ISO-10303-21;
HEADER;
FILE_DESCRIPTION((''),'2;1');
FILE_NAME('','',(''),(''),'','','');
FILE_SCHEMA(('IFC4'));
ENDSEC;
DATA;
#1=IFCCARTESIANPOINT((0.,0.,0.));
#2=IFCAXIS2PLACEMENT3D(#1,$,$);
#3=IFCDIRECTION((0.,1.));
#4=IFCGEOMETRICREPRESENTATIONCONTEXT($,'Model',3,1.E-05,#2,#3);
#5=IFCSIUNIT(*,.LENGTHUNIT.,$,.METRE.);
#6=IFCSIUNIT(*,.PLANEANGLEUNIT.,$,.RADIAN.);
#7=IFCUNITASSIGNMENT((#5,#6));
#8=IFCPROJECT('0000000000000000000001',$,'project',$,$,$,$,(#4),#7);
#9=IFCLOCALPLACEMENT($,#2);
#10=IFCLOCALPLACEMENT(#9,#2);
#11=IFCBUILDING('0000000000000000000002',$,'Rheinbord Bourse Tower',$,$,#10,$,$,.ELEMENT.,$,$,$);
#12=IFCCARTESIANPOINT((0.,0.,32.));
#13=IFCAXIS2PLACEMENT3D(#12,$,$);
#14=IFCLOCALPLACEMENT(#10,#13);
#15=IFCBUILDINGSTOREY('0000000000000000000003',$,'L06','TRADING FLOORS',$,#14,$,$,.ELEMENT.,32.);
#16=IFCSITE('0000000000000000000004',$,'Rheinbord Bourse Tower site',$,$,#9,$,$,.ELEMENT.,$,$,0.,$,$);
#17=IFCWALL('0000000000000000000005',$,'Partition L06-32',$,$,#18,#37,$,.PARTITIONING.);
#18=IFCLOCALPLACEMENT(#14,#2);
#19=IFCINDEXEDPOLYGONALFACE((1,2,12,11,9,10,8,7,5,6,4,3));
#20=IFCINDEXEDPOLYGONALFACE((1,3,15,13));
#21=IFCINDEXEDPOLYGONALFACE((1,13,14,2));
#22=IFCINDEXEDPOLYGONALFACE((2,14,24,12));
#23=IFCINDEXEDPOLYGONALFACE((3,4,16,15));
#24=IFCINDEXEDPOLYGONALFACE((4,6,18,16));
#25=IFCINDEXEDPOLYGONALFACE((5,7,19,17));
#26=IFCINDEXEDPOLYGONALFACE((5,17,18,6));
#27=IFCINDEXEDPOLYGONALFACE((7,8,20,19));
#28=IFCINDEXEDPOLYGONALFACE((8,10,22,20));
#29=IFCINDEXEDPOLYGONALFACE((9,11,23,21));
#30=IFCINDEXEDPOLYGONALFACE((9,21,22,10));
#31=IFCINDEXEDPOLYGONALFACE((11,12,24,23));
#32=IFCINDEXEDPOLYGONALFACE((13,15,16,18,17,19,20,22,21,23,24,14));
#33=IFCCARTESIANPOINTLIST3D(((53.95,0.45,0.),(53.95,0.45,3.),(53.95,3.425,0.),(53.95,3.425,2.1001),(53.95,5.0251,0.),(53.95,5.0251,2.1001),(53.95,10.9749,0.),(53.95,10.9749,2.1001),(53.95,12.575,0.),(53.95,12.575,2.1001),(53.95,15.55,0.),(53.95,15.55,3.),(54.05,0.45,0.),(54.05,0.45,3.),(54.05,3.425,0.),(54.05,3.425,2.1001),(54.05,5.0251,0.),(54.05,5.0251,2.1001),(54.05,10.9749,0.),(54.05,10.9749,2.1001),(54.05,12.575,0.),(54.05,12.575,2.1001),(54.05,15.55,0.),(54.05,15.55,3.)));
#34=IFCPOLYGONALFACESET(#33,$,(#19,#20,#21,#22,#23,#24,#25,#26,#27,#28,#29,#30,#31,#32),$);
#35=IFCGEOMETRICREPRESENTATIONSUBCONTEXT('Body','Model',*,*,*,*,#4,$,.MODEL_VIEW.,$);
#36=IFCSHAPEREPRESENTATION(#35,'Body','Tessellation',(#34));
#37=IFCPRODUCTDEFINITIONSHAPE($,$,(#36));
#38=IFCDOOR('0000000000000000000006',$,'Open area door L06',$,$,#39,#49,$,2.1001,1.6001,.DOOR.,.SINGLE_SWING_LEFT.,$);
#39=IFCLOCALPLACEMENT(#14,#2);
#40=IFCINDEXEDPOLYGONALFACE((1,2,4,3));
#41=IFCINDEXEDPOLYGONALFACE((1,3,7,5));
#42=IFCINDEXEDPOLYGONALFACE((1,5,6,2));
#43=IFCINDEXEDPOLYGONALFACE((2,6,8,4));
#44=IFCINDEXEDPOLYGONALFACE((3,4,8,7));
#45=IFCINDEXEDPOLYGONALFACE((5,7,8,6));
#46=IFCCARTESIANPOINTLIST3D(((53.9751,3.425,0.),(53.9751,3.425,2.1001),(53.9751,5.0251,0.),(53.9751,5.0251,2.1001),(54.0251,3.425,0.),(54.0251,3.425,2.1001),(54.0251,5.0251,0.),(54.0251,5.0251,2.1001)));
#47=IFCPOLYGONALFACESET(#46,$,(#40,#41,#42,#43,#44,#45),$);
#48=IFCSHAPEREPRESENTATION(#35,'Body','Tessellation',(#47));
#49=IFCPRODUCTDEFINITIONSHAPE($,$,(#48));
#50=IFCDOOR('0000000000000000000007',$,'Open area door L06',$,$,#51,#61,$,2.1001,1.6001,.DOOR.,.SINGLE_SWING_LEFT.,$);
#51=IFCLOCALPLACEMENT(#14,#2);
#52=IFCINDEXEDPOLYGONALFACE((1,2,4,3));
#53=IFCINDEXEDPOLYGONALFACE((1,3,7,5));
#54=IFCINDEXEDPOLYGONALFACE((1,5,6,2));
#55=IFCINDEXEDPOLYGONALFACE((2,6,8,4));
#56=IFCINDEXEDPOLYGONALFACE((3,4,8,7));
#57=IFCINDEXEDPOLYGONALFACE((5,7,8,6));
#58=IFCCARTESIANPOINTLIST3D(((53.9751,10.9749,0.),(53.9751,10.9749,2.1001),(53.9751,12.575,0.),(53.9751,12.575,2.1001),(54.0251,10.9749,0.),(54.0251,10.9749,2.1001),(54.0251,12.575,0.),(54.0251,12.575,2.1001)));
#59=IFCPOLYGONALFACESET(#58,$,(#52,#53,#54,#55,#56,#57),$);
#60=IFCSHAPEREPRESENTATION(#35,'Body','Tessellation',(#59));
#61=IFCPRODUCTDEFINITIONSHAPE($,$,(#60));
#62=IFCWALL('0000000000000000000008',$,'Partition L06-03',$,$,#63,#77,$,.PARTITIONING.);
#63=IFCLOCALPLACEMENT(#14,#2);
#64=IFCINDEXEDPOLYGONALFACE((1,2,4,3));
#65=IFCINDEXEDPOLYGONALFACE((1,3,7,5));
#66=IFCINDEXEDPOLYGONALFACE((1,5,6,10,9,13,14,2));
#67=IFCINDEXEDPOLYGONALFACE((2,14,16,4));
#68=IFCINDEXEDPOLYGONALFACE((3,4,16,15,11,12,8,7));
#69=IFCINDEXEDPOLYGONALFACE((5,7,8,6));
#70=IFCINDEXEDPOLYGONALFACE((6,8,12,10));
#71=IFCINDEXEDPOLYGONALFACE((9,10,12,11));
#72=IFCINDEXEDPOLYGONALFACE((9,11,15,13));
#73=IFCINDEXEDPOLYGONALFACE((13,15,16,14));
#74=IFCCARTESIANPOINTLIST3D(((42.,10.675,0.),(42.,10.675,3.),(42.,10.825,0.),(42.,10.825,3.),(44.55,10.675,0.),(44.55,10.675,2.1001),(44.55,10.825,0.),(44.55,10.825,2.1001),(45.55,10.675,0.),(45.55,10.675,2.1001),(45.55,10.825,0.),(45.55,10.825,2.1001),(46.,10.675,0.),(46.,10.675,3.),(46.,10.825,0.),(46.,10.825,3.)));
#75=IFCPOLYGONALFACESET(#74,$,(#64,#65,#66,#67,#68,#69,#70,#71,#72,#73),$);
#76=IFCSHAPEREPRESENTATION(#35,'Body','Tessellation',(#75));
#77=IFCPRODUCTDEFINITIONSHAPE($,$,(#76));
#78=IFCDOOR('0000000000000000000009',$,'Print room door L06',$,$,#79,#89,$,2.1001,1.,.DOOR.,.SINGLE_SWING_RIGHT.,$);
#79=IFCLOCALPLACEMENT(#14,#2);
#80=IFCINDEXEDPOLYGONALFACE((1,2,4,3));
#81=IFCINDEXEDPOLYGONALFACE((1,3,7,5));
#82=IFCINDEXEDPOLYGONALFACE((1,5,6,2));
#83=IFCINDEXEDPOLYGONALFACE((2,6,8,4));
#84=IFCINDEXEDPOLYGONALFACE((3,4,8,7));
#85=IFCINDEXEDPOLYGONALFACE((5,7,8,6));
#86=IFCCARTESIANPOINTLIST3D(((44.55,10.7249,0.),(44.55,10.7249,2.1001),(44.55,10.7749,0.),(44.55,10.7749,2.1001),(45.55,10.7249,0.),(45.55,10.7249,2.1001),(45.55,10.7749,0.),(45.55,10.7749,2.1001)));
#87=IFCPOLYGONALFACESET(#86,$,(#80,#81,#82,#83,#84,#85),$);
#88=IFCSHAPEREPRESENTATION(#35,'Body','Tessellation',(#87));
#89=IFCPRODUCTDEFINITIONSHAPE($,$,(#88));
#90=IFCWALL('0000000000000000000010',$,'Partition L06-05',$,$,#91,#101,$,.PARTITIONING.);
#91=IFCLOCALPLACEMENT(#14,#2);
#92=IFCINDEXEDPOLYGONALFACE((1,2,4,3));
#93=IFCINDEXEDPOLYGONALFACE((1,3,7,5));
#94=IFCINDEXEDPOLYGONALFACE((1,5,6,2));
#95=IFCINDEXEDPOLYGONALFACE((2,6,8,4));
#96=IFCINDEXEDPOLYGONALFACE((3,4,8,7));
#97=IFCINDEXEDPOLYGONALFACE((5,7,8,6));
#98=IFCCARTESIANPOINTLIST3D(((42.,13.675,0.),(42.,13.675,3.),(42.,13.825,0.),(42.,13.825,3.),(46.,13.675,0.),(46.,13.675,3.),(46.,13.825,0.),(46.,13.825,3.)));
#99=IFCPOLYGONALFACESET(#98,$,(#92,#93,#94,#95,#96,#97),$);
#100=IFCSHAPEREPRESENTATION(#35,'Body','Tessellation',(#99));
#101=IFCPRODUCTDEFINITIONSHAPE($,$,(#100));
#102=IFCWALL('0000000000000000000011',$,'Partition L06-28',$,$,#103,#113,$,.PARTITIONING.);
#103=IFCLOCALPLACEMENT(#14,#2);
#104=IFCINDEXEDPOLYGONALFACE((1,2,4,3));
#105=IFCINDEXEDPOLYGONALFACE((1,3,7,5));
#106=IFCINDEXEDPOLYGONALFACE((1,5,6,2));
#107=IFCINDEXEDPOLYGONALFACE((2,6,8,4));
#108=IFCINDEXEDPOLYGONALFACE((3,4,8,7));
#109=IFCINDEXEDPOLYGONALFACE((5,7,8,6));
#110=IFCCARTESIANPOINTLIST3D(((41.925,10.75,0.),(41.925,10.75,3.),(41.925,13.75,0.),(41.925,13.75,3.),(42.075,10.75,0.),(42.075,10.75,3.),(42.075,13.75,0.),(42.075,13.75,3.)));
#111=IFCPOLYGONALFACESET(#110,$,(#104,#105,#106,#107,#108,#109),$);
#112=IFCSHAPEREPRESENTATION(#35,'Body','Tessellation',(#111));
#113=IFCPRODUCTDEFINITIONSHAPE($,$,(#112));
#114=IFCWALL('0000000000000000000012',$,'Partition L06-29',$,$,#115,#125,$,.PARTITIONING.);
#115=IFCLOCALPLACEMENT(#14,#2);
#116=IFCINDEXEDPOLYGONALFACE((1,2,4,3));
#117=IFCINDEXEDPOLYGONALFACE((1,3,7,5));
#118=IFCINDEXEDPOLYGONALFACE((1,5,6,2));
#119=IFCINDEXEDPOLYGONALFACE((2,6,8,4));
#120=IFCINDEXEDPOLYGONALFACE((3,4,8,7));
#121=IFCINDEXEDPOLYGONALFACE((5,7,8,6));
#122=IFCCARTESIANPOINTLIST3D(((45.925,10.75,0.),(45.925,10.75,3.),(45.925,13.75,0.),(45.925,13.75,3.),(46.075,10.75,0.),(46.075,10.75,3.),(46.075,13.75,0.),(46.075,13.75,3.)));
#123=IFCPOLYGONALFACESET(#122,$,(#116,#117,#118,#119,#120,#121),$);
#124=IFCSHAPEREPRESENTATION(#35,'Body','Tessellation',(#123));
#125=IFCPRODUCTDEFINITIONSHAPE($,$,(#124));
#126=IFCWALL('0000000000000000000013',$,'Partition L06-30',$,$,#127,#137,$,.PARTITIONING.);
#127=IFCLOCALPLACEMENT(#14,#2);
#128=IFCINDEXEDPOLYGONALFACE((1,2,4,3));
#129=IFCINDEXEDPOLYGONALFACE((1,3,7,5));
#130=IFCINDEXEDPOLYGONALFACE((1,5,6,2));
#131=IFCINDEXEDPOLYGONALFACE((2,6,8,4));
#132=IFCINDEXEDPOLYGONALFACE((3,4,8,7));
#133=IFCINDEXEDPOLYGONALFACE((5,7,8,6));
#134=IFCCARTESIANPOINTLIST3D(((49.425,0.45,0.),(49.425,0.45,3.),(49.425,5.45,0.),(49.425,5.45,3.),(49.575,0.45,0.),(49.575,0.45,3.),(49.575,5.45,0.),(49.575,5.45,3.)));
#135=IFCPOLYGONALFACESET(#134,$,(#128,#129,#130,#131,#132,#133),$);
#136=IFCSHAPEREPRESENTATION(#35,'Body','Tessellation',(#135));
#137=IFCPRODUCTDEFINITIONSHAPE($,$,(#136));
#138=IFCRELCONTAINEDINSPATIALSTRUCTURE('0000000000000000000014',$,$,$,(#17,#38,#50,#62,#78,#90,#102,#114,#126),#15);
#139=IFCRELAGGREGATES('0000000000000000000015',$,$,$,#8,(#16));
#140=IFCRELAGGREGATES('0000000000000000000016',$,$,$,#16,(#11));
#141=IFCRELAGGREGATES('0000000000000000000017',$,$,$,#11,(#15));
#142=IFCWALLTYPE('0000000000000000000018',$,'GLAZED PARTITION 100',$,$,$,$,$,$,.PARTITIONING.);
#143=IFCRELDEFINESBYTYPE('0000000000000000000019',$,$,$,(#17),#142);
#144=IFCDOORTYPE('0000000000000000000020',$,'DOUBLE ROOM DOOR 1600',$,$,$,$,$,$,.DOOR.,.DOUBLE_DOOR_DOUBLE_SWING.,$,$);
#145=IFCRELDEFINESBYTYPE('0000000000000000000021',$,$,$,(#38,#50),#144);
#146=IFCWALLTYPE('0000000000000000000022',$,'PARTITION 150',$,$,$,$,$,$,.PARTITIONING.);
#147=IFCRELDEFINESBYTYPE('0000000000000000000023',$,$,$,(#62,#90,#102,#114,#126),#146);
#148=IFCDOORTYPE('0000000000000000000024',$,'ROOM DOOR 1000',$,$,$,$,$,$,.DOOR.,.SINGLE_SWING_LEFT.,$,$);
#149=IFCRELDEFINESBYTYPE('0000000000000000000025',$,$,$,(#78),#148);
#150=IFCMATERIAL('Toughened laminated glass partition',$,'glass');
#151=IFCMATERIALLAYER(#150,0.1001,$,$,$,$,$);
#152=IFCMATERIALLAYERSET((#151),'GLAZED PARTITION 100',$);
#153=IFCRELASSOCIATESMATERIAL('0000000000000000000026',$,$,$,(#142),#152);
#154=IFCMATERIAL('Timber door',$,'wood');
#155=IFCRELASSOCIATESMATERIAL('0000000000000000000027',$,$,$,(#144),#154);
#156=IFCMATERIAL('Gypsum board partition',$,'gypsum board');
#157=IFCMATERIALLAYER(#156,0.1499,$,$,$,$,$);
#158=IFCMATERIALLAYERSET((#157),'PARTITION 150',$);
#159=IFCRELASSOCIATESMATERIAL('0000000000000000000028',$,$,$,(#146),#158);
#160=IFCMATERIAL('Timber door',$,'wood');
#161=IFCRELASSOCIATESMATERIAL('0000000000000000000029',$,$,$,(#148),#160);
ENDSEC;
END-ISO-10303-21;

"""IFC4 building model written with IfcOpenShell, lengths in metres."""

from ifc_helpers import new_model, si_unit, direction, frame, frame_2d, origin, place, context, subcontext, project, spatial, rectangle, extrude, material, layer, layer_set, type_object, element, fill, save


model = new_model("IFC4")

# Units and contexts
model_context = context("Model", 3, precision=1e-05, world=origin(), true_north=direction((0.0, 1.0)))
body_context = subcontext(model_context, "Body", "Model", "MODEL_VIEW")
ifc_project = project(units=[si_unit("LENGTHUNIT", "METRE"), si_unit("PLANEANGLEUNIT", "RADIAN")], contexts=[model_context])

# Site, building, storey
site_placement = place(None, origin())
site = spatial("IfcSite", under=ifc_project, at=site_placement, Name="Rheinbord Bourse Tower site", CompositionType="ELEMENT", RefElevation=0.0)
building_placement = place(site_placement, origin())
building = spatial("IfcBuilding", under=site, at=building_placement, Name="Rheinbord Bourse Tower", CompositionType="ELEMENT")
storey_placement = place(building_placement, frame((0.0, 0.0, 32.0)))
storey = spatial("IfcBuildingStorey", under=building, at=storey_placement, Name="L06", Description="TRADING FLOORS", CompositionType="ELEMENT", Elevation=32.0)

# Wall, openings, doors
ifc_material_1 = material(Name="Toughened laminated glass partition", Category="glass")
ifc_layer_1 = layer(ifc_material_1, 0.1001)
ifc_layer_set_1 = layer_set([ifc_layer_1], Name="GLAZED PARTITION 100")
wall_type_1 = type_object("IfcWallType", Name="GLAZED PARTITION 100", PredefinedType="PARTITIONING", material=ifc_layer_set_1)
wall_1_placement = place(storey_placement, frame((54.0, 0.45, 0.0), z_axis=(0.0, 0.0, 1.0), x_axis=(0.0, 1.0, 0.0)))
wall_1 = element("IfcWall", 1, at=wall_1_placement, inside=storey, type_object=wall_type_1, Name="Partition L06-32", PredefinedType="PARTITIONING", context=body_context, shape_type="SweptSolid", body=[
    extrude(rectangle(XDim=15.1001, YDim=0.1001, at=frame_2d((7.55, 0.0))), origin(), (0.0, 0.0, 1.0), 3.0),
])
opening_1_placement = place(wall_1_placement, frame((2.9751, 0.0, 0.0)))
opening_1 = element("IfcOpeningElement", 2, at=opening_1_placement, cuts=wall_1, PredefinedType="OPENING", context=body_context, shape_type="SweptSolid", body=[
    extrude(rectangle(XDim=1.6001, YDim=2.1001, at=frame_2d((0.8, 1.05))), frame((0.0, 0.0601, 0.0), z_axis=(0.0, -1.0, 0.0), x_axis=(1.0, 0.0, 0.0)), (0.0, 0.0, 1.0), 0.1201),
])
opening_2_placement = place(wall_1_placement, frame((10.5249, 0.0, 0.0)))
opening_2 = element("IfcOpeningElement", 3, at=opening_2_placement, cuts=wall_1, PredefinedType="OPENING", context=body_context, shape_type="SweptSolid", body=[
    extrude(rectangle(XDim=1.6001, YDim=2.1001, at=frame_2d((0.8, 1.05))), frame((0.0, 0.0601, 0.0), z_axis=(0.0, -1.0, 0.0), x_axis=(1.0, 0.0, 0.0)), (0.0, 0.0, 1.0), 0.1201),
])
ifc_material_2 = material(Name="Timber door", Category="wood")
door_type_1 = type_object("IfcDoorType", Name="DOUBLE ROOM DOOR 1600", OperationType="DOUBLE_DOOR_DOUBLE_SWING", PredefinedType="DOOR", material=ifc_material_2)
door_1_placement = place(opening_1_placement, origin())
door_1 = element("IfcDoor", 4, at=door_1_placement, inside=storey, type_object=door_type_1, Name="Open area door L06", OperationType="SINGLE_SWING_LEFT", OverallHeight=2.1001, OverallWidth=1.6001, PredefinedType="DOOR", context=body_context, shape_type="SweptSolid", body=[
    extrude(rectangle(XDim=1.6001, YDim=2.1001, at=frame_2d((0.8, 1.05))), frame((0.0, 0.0249, 0.0), z_axis=(0.0, -1.0, 0.0), x_axis=(1.0, 0.0, 0.0)), (0.0, 0.0, 1.0), 0.05),
])
fill(opening_1, door_1)
door_2_placement = place(opening_2_placement, origin())
door_2 = element("IfcDoor", 5, at=door_2_placement, inside=storey, type_object=door_type_1, Name="Open area door L06", OperationType="SINGLE_SWING_LEFT", OverallHeight=2.1001, OverallWidth=1.6001, PredefinedType="DOOR", context=body_context, shape_type="SweptSolid", body=[
    extrude(rectangle(XDim=1.6001, YDim=2.1001, at=frame_2d((0.8, 1.05))), frame((0.0, 0.0249, 0.0), z_axis=(0.0, -1.0, 0.0), x_axis=(1.0, 0.0, 0.0)), (0.0, 0.0, 1.0), 0.05),
])
fill(opening_2, door_2)

# Wall, opening, door
ifc_material_3 = material(Name="Gypsum board partition", Category="gypsum board")
ifc_layer_2 = layer(ifc_material_3, 0.1499)
ifc_layer_set_2 = layer_set([ifc_layer_2], Name="PARTITION 150")
wall_type_2 = type_object("IfcWallType", Name="PARTITION 150", PredefinedType="PARTITIONING", material=ifc_layer_set_2)
wall_2_placement = place(storey_placement, frame((42.0, 10.75, 0.0), z_axis=(0.0, 0.0, 1.0), x_axis=(1.0, 0.0, 0.0)))
wall_2 = element("IfcWall", 6, at=wall_2_placement, inside=storey, type_object=wall_type_2, Name="Partition L06-03", PredefinedType="PARTITIONING", context=body_context, shape_type="SweptSolid", body=[
    extrude(rectangle(XDim=4.0, YDim=0.1499, at=frame_2d((2.0, 0.0))), origin(), (0.0, 0.0, 1.0), 3.0),
])
opening_3_placement = place(wall_2_placement, frame((2.55, 0.0, 0.0)))
opening_3 = element("IfcOpeningElement", 7, at=opening_3_placement, cuts=wall_2, PredefinedType="OPENING", context=body_context, shape_type="SweptSolid", body=[
    extrude(rectangle(XDim=1.0, YDim=2.1001, at=frame_2d((0.5, 1.05))), frame((0.0, 0.085, 0.0), z_axis=(0.0, -1.0, 0.0), x_axis=(1.0, 0.0, 0.0)), (0.0, 0.0, 1.0), 0.1699),
])
ifc_material_4 = material(Name="Timber door", Category="wood")
door_type_2 = type_object("IfcDoorType", Name="ROOM DOOR 1000", OperationType="SINGLE_SWING_LEFT", PredefinedType="DOOR", material=ifc_material_4)
door_3_placement = place(opening_3_placement, origin())
door_3 = element("IfcDoor", 8, at=door_3_placement, inside=storey, type_object=door_type_2, Name="Print room door L06", OperationType="SINGLE_SWING_RIGHT", OverallHeight=2.1001, OverallWidth=1.0, PredefinedType="DOOR", context=body_context, shape_type="SweptSolid", body=[
    extrude(rectangle(XDim=1.0, YDim=2.1001, at=frame_2d((0.5, 1.05))), frame((0.0, 0.0249, 0.0), z_axis=(0.0, -1.0, 0.0), x_axis=(1.0, 0.0, 0.0)), (0.0, 0.0, 1.0), 0.05),
])
fill(opening_3, door_3)

# Walls
wall_3_placement = place(storey_placement, frame((42.0, 13.75, 0.0), z_axis=(0.0, 0.0, 1.0), x_axis=(1.0, 0.0, 0.0)))
element("IfcWall", 9, at=wall_3_placement, inside=storey, type_object=wall_type_2, Name="Partition L06-05", PredefinedType="PARTITIONING", context=body_context, shape_type="SweptSolid", body=[
    extrude(rectangle(XDim=4.0, YDim=0.1499, at=frame_2d((2.0, 0.0))), origin(), (0.0, 0.0, 1.0), 3.0),
])
for number, where, z_axis, x_axis, name in (
    (10, (42.0, 10.75, 0.0), (0.0, 0.0, 1.0), (0.0, 1.0, 0.0), "Partition L06-28"),
    (11, (46.0, 10.75, 0.0), (0.0, 0.0, 1.0), (0.0, 1.0, 0.0), "Partition L06-29"),
):
    element("IfcWall", number, at=place(storey_placement, frame(where, z_axis=z_axis, x_axis=x_axis)), inside=storey, type_object=wall_type_2, Name=name, PredefinedType="PARTITIONING", context=body_context, shape_type="SweptSolid", body=[
        extrude(rectangle(XDim=3.0, YDim=0.1499, at=frame_2d((1.5, 0.0))), origin(), (0.0, 0.0, 1.0), 3.0),
    ])
wall_4_placement = place(storey_placement, frame((49.5, 0.45, 0.0), z_axis=(0.0, 0.0, 1.0), x_axis=(0.0, 1.0, 0.0)))
element("IfcWall", 12, at=wall_4_placement, inside=storey, type_object=wall_type_2, Name="Partition L06-30", PredefinedType="PARTITIONING", context=body_context, shape_type="SweptSolid", body=[
    extrude(rectangle(XDim=5.0, YDim=0.1499, at=frame_2d((2.5, 0.0))), origin(), (0.0, 0.0, 1.0), 3.0),
])

save(model, "model.ifc")
